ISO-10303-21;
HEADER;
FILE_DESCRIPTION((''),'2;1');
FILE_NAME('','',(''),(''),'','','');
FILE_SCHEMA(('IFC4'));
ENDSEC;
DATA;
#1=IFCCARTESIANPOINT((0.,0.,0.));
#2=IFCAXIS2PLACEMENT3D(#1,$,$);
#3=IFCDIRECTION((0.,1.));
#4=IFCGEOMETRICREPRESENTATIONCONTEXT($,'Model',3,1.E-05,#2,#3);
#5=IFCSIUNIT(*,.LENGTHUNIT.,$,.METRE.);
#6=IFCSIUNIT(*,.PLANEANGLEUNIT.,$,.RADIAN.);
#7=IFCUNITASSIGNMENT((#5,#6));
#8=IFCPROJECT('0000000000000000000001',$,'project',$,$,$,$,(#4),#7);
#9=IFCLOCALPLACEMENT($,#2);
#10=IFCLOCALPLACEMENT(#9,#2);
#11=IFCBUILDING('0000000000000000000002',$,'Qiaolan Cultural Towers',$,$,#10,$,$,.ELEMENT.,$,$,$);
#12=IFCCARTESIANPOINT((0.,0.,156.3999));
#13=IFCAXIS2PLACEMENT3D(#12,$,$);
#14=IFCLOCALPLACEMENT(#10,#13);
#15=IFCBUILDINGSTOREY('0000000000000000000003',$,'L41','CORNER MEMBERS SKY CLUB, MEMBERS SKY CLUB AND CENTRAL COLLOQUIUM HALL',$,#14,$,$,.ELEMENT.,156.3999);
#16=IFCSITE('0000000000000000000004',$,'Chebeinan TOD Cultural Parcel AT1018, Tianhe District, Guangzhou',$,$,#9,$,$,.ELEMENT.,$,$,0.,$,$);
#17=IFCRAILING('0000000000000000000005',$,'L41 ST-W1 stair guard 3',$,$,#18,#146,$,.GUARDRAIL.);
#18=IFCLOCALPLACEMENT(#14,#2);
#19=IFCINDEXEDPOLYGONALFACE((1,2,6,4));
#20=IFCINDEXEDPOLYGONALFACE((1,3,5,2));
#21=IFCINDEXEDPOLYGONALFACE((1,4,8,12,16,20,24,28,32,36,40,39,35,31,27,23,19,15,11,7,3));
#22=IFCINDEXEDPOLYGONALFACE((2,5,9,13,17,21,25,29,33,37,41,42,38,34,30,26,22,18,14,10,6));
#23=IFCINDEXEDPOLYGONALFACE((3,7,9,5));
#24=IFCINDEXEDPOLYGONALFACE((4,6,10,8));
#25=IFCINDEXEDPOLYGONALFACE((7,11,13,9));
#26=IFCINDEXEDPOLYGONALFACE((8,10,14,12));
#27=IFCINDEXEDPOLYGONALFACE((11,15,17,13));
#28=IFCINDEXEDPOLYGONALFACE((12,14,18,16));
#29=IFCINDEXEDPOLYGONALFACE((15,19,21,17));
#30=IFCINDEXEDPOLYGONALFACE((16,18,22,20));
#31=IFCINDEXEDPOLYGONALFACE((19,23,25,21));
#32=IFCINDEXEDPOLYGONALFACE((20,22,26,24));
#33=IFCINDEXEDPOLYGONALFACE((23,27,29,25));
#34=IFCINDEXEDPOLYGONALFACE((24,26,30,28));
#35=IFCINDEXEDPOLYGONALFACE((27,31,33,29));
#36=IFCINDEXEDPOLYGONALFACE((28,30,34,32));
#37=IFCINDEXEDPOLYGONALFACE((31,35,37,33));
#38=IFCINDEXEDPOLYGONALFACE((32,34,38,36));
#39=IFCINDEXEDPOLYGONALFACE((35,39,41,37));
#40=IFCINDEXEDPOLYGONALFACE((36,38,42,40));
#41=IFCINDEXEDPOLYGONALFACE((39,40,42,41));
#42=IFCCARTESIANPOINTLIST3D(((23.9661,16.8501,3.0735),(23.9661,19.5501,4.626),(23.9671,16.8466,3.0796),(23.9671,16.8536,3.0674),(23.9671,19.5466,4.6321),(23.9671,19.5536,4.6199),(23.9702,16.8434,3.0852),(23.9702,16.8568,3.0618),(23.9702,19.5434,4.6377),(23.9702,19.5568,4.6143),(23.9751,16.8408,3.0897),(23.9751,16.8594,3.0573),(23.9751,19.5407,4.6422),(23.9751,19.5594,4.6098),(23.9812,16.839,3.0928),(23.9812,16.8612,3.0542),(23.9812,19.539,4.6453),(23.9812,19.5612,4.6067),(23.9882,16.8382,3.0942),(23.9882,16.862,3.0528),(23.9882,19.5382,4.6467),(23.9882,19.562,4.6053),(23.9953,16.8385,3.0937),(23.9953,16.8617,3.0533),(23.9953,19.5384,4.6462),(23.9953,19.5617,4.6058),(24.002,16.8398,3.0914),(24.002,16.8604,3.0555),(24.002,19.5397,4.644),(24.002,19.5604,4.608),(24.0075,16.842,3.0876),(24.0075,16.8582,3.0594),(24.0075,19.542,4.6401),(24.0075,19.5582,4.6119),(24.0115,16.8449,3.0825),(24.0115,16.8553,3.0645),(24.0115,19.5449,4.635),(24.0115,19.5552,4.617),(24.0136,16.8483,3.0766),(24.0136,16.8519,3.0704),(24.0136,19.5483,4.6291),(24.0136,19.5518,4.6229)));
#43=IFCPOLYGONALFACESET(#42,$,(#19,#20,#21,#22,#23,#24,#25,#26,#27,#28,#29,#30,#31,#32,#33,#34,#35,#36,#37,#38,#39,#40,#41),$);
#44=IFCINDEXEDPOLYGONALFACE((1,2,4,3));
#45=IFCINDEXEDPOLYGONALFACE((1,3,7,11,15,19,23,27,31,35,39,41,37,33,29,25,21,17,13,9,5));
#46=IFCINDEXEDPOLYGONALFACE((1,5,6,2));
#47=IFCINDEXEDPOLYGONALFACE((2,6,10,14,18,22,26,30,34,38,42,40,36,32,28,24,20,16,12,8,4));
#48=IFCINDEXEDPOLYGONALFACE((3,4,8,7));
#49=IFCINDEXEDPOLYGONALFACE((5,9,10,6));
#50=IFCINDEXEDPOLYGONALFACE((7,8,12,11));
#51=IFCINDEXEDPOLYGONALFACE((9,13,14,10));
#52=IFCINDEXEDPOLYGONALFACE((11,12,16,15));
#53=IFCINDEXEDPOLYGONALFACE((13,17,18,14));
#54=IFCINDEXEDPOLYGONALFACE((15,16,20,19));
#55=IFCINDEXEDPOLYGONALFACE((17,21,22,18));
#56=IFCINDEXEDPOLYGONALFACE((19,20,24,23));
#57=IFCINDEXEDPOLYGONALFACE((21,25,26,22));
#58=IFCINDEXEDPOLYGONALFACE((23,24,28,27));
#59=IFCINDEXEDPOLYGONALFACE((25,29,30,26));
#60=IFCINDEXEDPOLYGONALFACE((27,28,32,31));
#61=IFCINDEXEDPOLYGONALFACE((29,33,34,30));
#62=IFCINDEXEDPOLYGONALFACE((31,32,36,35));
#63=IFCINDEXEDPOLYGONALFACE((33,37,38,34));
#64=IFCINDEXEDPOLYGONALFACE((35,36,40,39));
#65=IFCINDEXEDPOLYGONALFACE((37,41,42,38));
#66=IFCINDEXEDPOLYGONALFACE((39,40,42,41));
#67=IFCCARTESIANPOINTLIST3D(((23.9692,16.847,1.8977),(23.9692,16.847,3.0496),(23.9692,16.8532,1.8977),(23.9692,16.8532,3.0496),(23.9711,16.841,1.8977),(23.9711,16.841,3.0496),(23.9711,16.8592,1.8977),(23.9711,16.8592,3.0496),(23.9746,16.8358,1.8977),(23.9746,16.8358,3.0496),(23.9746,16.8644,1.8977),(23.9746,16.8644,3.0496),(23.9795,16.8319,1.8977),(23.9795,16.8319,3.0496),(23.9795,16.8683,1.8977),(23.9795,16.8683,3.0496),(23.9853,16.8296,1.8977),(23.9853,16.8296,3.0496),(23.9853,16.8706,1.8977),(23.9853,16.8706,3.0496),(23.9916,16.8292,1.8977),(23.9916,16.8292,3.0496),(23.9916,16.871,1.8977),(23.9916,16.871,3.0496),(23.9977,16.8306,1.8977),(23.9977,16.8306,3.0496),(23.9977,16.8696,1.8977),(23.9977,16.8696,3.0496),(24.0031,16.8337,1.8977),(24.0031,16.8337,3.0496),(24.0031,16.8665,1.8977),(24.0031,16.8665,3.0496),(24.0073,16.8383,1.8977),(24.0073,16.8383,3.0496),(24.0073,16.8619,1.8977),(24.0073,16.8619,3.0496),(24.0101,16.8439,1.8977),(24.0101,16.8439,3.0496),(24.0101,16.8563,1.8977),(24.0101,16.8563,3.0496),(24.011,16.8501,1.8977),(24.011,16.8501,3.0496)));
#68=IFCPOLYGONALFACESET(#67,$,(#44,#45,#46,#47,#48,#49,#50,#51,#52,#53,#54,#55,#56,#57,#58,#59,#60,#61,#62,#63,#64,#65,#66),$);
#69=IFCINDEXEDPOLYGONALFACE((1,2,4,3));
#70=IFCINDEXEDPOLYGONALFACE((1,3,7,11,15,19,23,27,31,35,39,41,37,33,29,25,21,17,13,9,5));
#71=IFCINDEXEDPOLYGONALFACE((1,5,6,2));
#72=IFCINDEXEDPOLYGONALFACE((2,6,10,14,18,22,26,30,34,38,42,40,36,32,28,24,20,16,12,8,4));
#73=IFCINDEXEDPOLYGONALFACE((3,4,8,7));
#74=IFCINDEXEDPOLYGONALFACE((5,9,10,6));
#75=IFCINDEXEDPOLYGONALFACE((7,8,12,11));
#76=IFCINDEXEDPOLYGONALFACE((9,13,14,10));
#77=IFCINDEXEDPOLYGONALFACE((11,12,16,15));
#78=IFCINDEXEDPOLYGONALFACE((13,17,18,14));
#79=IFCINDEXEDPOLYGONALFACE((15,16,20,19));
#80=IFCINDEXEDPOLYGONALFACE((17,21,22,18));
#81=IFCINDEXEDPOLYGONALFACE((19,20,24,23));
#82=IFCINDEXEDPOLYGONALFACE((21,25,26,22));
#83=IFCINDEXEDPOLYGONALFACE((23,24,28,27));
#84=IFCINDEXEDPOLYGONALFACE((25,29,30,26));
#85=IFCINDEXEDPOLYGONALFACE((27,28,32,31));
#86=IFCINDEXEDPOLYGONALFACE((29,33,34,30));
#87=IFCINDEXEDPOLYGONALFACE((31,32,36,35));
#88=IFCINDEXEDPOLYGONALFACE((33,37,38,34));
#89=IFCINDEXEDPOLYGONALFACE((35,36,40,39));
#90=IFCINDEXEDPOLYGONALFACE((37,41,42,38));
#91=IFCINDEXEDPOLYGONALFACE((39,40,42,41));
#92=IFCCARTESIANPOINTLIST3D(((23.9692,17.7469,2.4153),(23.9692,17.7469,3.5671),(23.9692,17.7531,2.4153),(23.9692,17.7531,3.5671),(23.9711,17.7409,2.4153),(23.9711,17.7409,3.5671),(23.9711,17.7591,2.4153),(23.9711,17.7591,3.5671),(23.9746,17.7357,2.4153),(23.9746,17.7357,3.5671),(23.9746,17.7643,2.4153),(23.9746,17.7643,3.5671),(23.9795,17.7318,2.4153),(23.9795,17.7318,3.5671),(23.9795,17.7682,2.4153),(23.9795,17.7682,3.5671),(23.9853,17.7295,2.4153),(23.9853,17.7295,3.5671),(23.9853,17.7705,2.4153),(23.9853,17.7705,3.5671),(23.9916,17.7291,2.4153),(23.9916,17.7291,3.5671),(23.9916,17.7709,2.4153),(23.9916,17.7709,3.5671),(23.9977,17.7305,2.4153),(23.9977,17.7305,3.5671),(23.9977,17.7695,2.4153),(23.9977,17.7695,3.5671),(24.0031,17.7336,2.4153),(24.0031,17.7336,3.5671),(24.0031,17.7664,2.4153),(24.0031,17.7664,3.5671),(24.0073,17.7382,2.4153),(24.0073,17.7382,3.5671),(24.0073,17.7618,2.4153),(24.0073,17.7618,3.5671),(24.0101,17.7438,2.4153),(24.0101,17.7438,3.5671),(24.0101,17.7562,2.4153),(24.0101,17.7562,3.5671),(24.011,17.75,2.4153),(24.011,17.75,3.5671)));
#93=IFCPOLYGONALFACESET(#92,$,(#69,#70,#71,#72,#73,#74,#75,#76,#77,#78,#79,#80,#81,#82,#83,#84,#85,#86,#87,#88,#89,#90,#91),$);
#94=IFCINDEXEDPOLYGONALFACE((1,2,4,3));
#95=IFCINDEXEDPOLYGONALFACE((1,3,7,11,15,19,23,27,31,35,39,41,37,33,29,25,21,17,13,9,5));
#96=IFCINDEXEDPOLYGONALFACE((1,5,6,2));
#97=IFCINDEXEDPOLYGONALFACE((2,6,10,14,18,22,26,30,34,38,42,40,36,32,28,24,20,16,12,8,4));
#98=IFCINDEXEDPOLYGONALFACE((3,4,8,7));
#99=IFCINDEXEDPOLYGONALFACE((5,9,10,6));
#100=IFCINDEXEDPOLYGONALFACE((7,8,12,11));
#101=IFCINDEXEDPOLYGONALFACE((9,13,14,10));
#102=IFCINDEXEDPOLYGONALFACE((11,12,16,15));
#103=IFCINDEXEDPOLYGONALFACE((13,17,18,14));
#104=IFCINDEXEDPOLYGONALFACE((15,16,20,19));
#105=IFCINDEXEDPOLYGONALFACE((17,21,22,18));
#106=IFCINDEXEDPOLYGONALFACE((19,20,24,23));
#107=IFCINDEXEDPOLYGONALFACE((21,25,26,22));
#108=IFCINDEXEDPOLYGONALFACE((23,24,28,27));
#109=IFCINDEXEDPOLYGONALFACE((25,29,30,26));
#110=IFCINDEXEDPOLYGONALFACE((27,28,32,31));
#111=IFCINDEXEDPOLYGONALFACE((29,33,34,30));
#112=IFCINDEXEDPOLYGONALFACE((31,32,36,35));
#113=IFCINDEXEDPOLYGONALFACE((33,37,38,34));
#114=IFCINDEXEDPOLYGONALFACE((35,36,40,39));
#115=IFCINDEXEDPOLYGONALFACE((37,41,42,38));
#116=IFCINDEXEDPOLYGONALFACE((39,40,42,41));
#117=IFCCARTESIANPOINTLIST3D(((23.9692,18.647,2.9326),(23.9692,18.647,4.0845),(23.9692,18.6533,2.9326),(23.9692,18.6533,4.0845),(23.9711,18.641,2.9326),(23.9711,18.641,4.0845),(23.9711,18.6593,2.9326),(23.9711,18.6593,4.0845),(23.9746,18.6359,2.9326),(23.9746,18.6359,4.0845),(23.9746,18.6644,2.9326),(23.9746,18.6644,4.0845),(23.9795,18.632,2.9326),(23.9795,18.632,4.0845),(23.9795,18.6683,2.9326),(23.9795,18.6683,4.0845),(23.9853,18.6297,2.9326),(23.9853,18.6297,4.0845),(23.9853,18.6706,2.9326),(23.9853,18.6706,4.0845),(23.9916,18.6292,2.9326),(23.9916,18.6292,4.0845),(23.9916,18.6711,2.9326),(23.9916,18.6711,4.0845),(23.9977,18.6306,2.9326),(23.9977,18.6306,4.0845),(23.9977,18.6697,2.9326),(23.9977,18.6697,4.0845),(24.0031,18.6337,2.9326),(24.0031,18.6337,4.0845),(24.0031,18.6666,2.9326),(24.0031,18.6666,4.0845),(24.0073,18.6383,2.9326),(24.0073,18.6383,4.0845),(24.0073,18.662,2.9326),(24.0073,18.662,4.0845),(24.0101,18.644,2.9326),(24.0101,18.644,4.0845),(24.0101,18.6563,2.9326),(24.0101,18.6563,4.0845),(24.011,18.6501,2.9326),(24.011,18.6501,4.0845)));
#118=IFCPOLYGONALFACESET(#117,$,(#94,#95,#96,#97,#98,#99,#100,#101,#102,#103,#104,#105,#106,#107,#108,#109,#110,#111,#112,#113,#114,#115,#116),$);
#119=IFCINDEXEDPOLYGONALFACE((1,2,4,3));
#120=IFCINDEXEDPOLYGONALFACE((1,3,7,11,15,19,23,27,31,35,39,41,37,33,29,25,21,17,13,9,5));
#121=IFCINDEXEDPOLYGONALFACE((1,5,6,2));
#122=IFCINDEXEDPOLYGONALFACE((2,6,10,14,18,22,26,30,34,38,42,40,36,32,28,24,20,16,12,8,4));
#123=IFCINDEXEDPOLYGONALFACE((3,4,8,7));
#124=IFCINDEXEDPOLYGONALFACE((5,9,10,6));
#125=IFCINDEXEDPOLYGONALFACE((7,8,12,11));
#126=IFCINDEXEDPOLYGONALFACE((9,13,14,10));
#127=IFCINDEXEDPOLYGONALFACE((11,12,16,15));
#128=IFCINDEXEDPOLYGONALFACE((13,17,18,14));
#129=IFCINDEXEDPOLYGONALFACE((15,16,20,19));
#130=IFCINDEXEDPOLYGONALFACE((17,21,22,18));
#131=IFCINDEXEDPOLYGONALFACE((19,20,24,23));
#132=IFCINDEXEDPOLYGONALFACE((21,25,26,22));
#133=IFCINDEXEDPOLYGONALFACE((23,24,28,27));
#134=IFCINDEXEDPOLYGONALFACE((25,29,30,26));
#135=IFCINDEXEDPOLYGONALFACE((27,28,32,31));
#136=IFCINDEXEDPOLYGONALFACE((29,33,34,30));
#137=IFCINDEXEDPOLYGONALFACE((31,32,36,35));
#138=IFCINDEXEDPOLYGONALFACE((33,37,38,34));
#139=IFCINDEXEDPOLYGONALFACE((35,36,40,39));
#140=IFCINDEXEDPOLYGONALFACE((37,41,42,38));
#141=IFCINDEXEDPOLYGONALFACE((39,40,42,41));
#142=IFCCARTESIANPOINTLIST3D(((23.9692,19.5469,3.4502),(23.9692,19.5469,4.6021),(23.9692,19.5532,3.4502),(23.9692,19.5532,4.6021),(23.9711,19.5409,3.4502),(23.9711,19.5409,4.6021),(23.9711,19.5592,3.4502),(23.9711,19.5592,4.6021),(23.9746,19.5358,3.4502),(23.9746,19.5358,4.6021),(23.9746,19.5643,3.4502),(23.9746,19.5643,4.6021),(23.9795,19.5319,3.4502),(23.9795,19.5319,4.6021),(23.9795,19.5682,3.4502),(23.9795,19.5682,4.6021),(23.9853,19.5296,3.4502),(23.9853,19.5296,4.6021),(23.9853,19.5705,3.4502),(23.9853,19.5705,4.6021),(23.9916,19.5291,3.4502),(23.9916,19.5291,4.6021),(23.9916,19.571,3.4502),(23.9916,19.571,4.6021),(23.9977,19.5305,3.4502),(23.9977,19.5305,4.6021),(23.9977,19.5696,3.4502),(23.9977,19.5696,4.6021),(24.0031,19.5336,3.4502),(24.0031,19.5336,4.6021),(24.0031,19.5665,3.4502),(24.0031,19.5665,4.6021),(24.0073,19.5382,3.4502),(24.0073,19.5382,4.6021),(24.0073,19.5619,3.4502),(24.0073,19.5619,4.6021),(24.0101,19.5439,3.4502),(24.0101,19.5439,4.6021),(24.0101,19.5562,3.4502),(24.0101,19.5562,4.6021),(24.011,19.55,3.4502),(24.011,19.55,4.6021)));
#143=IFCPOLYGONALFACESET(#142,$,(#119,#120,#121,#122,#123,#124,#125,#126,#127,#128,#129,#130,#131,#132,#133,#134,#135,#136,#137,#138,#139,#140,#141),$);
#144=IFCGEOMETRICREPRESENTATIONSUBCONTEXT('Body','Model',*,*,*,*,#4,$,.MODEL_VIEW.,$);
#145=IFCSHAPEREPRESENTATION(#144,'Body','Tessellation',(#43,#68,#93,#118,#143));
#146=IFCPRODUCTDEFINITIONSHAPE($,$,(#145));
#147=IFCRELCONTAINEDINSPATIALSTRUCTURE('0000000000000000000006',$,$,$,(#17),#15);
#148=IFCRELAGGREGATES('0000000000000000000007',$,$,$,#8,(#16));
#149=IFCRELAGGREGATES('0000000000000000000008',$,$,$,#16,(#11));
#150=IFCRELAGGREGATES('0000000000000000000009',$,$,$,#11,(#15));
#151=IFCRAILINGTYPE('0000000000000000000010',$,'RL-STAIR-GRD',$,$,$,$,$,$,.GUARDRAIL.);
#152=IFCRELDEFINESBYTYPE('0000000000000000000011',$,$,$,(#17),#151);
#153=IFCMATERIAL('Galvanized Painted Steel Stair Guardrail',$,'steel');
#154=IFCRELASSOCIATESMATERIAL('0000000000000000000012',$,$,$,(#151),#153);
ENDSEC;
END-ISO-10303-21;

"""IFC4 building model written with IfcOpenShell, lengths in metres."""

from ifc_helpers import new_model, si_unit, direction, frame, origin, origin_2d, place, context, subcontext, project, spatial, circle, extrude, material, type_object, element, save


model = new_model("IFC4")

# Units and contexts
model_context = context("Model", 3, precision=1e-05, world=origin(), true_north=direction((0.0, 1.0)))
body_context = subcontext(model_context, "Body", "Model", "MODEL_VIEW")
ifc_project = project(units=[si_unit("LENGTHUNIT", "METRE"), si_unit("PLANEANGLEUNIT", "RADIAN")], contexts=[model_context])

# Site, building, storey
site_placement = place(None, origin())
site = spatial("IfcSite", under=ifc_project, at=site_placement, Name="Chebeinan TOD Cultural Parcel AT1018, Tianhe District, Guangzhou", CompositionType="ELEMENT", RefElevation=0.0)
building_placement = place(site_placement, origin())
building = spatial("IfcBuilding", under=site, at=building_placement, Name="Qiaolan Cultural Towers", CompositionType="ELEMENT")
storey_placement = place(building_placement, frame((0.0, 0.0, 156.3999)))
storey = spatial("IfcBuildingStorey", under=building, at=storey_placement, Name="L41", Description="CORNER MEMBERS SKY CLUB, MEMBERS SKY CLUB AND CENTRAL COLLOQUIUM HALL", CompositionType="ELEMENT", Elevation=156.3999)

# Railing
ifc_material_1 = material(Name="Galvanized Painted Steel Stair Guardrail", Category="steel")
railing_type_1 = type_object("IfcRailingType", Name="RL-STAIR-GRD", PredefinedType="GUARDRAIL", material=ifc_material_1)
railing_1_placement = place(storey_placement, frame((23.99, 16.8501, 1.8977)))
element("IfcRailing", 1, at=railing_1_placement, inside=storey, type_object=railing_type_1, Name="L41 ST-W1 stair guard 3", PredefinedType="GUARDRAIL", context=body_context, shape_type="SweptSolid", body=[
    extrude(circle(Radius=0.0239, at=origin_2d()), frame((0.0, 0.0, 1.1758), z_axis=(0.0, 0.866904, 0.498476), x_axis=(-1.0, 0.0, 0.0)), (0.0, 0.0, 1.0), 3.1145),
    extrude(circle(Radius=0.021, at=origin_2d()), origin(), (0.0, 0.0, 1.0), 1.1519),
    extrude(circle(Radius=0.021, at=origin_2d()), frame((0.0, 0.8999, 0.5176)), (0.0, 0.0, 1.0), 1.1519),
    extrude(circle(Radius=0.021, at=origin_2d()), frame((0.0, 1.8, 1.0349)), (0.0, 0.0, 1.0), 1.1519),
    extrude(circle(Radius=0.021, at=origin_2d()), frame((0.0, 2.7, 1.5525)), (0.0, 0.0, 1.0), 1.1519),
])

save(model, "model.ifc")
